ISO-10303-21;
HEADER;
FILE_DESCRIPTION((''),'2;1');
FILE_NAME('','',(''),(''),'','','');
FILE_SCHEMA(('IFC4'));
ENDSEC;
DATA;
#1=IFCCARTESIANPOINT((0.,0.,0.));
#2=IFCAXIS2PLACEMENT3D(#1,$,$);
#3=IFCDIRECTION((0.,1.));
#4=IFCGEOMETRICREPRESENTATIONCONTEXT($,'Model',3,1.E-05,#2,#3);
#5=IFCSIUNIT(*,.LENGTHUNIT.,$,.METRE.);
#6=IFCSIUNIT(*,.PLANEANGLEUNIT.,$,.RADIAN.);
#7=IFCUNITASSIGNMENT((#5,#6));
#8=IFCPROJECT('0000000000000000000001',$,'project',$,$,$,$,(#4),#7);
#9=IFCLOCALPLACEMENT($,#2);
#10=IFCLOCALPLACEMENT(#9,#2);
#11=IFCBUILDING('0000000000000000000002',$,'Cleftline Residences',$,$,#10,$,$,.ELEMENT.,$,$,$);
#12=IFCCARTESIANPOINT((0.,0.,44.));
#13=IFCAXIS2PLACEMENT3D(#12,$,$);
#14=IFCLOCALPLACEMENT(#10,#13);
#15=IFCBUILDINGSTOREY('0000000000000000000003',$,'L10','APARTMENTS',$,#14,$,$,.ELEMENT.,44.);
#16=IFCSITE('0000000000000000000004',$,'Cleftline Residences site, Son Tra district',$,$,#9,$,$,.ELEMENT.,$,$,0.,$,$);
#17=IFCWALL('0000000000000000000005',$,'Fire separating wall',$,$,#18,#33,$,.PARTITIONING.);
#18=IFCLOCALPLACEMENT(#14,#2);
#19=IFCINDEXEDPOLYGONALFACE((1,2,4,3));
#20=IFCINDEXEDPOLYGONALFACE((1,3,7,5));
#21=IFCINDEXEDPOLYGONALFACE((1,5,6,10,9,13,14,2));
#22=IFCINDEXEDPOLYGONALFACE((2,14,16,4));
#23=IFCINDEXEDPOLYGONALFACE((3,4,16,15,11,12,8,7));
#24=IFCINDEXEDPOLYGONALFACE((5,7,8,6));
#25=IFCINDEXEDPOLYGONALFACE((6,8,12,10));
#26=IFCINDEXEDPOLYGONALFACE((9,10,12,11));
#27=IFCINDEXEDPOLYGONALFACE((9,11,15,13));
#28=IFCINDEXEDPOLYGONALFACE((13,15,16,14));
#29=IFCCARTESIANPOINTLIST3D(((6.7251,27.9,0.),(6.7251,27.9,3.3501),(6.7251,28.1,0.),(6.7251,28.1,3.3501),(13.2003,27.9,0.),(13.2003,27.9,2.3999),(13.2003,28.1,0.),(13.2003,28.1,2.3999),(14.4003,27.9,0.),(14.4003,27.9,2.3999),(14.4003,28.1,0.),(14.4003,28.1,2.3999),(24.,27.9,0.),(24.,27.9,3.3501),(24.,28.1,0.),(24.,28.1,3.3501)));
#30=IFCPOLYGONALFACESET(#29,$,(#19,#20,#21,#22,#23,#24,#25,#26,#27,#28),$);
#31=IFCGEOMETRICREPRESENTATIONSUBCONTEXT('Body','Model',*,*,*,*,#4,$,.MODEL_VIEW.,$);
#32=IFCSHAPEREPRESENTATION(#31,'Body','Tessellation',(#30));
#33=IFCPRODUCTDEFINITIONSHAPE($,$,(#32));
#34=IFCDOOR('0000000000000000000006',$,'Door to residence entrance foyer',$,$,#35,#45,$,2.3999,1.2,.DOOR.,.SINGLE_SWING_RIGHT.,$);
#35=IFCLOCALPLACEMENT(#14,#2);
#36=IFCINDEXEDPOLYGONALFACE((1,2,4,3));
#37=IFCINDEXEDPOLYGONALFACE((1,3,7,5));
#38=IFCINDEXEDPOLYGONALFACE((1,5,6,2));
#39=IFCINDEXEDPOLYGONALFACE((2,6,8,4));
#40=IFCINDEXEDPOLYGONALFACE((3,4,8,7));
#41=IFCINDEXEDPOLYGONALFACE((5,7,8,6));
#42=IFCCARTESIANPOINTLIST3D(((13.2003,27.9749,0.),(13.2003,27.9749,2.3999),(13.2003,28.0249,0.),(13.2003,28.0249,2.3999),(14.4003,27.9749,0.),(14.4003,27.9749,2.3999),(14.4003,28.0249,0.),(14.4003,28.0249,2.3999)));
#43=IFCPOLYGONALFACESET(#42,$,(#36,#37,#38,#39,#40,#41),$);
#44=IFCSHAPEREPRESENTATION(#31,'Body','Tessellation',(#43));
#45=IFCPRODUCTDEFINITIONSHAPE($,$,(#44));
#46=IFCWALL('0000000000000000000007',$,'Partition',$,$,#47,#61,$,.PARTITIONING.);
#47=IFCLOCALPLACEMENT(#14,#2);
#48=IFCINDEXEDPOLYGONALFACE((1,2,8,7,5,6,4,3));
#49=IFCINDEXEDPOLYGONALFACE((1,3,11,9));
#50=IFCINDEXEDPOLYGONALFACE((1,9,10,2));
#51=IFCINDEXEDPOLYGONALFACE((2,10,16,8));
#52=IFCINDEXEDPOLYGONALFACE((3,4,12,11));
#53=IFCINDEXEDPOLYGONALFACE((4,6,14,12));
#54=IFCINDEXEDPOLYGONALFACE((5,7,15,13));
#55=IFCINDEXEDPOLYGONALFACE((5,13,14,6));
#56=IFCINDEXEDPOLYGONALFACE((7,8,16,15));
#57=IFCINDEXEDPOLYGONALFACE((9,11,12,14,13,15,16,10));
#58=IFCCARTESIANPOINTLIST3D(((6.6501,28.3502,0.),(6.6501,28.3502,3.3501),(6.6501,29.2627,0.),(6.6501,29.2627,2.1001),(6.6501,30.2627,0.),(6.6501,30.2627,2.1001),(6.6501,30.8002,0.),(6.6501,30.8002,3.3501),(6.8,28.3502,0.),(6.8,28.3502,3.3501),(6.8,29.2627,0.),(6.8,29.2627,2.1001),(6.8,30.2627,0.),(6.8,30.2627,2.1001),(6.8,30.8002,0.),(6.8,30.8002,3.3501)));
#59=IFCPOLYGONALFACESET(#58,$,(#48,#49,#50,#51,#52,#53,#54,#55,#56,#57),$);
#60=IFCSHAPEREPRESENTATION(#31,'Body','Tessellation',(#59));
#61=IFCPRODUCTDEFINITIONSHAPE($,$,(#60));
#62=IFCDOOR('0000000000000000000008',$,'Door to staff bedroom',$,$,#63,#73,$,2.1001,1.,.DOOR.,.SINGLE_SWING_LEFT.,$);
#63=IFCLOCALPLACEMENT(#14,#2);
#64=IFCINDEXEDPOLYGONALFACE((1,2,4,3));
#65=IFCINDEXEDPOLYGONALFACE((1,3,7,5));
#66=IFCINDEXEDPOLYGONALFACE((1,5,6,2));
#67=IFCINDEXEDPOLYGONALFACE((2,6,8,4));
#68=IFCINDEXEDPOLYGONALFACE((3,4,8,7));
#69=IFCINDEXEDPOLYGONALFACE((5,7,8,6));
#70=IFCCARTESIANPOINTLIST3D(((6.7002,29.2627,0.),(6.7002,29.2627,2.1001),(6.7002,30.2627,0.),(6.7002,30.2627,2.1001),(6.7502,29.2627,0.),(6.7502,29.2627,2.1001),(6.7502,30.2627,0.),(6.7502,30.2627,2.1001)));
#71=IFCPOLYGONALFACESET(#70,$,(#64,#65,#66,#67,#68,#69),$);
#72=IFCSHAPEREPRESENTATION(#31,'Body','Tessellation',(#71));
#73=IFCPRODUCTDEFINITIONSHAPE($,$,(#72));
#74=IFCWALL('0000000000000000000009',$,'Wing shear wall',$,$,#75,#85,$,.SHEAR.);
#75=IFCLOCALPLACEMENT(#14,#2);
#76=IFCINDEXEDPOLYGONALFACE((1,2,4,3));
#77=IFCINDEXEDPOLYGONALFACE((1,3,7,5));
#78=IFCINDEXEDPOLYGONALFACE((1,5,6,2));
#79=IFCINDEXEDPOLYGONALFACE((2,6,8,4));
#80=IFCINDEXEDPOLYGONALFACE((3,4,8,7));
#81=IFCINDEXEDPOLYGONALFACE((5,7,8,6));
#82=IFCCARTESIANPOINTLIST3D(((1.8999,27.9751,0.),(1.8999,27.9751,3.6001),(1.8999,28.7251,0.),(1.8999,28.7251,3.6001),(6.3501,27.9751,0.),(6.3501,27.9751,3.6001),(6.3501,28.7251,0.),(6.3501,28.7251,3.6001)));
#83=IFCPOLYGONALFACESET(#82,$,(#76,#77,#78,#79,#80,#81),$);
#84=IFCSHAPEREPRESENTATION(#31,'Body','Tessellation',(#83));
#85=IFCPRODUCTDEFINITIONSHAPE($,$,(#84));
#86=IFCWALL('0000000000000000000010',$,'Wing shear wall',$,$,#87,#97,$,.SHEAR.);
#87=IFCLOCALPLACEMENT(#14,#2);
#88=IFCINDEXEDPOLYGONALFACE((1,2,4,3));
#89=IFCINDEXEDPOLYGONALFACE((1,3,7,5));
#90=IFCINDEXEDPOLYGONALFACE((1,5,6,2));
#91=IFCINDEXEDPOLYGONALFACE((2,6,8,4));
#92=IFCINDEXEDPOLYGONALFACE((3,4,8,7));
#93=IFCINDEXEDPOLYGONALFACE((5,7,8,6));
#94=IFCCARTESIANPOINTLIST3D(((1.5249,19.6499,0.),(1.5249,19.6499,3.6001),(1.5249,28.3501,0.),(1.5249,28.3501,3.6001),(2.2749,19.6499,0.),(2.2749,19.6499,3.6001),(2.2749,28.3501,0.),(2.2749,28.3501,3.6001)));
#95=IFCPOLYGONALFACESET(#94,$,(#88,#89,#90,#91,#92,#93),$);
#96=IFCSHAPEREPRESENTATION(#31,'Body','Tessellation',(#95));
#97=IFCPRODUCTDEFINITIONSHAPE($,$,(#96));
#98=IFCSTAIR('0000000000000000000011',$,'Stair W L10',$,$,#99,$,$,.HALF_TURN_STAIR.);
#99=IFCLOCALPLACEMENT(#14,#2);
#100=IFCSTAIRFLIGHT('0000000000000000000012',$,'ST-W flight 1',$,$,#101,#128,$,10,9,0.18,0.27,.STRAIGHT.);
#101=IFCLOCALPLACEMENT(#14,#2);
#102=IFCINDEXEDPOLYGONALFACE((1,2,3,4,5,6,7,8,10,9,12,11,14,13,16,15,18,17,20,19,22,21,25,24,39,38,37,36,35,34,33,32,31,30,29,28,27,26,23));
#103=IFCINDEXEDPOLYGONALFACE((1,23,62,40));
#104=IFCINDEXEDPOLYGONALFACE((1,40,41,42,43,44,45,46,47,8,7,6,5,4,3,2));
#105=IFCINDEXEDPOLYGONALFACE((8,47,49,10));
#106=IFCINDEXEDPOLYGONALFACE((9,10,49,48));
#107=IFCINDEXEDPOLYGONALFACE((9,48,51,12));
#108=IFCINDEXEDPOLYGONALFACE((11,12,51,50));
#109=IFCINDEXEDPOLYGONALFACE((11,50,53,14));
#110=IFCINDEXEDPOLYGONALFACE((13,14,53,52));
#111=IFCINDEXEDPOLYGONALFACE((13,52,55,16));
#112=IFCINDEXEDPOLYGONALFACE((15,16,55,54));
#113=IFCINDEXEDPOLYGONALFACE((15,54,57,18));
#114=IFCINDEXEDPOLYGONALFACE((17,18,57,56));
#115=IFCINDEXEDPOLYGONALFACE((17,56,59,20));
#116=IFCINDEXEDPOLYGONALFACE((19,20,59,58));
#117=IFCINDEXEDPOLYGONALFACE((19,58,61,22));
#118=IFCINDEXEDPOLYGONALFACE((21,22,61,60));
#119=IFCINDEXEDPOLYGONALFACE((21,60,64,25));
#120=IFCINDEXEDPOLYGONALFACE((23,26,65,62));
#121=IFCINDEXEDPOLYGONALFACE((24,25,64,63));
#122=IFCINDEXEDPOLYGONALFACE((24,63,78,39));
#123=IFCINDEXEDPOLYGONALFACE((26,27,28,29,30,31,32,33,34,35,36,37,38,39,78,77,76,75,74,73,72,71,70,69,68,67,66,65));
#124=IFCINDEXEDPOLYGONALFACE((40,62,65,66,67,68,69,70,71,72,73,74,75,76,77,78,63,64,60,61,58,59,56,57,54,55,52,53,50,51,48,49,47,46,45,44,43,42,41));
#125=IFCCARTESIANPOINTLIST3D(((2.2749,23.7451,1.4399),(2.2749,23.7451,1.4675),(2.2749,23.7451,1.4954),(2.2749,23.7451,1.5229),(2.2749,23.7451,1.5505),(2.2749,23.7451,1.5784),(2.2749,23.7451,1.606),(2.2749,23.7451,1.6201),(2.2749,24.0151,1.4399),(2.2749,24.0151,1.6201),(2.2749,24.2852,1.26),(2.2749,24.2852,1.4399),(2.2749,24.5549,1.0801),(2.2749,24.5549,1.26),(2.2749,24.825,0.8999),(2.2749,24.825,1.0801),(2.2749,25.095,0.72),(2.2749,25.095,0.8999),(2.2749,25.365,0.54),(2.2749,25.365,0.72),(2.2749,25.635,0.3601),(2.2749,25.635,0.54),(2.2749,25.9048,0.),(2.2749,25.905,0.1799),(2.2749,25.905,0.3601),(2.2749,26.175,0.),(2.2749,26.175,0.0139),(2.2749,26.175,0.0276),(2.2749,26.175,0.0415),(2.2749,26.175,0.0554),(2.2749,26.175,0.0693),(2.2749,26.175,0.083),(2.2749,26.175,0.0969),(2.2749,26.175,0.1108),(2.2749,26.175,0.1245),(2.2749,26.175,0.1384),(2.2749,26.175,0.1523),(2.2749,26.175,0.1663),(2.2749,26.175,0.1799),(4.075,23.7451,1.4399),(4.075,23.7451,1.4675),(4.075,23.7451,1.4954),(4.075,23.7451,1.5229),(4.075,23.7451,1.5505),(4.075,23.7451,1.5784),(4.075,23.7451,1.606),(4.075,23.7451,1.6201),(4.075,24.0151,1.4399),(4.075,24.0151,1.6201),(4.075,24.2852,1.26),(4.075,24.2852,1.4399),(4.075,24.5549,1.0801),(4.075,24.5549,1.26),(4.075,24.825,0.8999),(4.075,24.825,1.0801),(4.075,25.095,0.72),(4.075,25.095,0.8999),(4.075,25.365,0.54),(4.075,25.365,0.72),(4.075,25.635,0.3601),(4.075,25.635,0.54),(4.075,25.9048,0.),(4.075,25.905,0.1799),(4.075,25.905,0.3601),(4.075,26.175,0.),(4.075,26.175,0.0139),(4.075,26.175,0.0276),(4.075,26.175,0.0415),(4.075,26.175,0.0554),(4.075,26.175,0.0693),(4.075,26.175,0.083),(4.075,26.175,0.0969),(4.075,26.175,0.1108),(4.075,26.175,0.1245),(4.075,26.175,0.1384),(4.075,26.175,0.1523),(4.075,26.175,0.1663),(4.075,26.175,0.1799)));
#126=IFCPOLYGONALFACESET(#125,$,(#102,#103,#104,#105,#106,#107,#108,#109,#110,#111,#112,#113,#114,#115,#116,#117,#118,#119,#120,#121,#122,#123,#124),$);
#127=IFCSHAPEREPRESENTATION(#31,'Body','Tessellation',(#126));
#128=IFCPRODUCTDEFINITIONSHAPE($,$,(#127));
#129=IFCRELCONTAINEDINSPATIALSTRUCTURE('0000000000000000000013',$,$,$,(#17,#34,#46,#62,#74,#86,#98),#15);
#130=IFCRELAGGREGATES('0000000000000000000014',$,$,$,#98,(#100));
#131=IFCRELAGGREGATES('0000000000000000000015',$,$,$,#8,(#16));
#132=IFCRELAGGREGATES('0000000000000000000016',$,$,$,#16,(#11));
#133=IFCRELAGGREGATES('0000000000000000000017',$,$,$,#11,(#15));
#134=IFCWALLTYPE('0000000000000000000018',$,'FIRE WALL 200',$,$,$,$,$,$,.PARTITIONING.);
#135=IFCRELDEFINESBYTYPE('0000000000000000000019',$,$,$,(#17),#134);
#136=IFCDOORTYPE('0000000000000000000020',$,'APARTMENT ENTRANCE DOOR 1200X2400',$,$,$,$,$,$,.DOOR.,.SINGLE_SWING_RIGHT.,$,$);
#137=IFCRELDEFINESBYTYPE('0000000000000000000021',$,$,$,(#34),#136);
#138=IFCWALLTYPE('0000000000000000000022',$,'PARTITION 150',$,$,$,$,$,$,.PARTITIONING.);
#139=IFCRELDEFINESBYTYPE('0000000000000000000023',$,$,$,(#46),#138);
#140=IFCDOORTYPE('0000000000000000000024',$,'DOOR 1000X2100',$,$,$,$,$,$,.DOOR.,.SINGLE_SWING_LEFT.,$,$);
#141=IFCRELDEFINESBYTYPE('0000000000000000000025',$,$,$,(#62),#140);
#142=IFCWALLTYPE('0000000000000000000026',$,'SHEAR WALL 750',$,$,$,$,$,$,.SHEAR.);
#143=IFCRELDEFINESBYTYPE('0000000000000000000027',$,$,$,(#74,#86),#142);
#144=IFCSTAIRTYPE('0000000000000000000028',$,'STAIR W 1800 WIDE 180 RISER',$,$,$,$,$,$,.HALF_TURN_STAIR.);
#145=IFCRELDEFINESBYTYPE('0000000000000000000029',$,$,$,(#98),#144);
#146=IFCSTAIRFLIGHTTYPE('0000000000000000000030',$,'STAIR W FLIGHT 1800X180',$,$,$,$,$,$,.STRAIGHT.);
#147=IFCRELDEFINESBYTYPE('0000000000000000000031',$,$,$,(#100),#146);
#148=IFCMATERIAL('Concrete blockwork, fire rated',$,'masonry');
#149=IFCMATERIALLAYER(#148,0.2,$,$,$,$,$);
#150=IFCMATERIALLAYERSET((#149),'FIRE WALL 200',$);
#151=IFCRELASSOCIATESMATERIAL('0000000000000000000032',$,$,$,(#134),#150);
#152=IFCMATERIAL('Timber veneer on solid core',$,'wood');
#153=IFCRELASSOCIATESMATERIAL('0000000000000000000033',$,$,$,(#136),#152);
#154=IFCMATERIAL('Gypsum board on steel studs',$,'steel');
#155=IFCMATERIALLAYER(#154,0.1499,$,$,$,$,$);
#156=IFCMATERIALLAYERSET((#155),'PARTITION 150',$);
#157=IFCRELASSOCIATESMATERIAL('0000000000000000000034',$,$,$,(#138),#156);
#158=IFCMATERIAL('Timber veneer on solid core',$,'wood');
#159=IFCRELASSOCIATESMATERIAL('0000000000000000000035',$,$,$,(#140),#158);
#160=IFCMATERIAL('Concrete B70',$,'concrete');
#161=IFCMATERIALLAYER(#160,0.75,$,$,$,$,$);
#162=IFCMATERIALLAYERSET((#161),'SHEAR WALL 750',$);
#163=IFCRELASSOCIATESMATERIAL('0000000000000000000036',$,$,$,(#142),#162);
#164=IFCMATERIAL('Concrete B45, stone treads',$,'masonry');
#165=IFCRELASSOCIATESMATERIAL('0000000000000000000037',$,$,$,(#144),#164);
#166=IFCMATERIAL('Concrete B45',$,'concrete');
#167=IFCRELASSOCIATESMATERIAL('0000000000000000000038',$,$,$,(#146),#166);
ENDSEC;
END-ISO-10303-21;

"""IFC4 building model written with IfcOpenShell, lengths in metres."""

from ifc_helpers import new_model, si_unit, direction, frame, frame_2d, origin, place, context, subcontext, project, spatial, polyline, rectangle, outline, extrude, material, layer, layer_set, type_object, element, fill, aggregate, save


model = new_model("IFC4")

# Units and contexts
model_context = context("Model", 3, precision=1e-05, world=origin(), true_north=direction((0.0, 1.0)))
body_context = subcontext(model_context, "Body", "Model", "MODEL_VIEW")
ifc_project = project(units=[si_unit("LENGTHUNIT", "METRE"), si_unit("PLANEANGLEUNIT", "RADIAN")], contexts=[model_context])

# Site, building, storey
site_placement = place(None, origin())
site = spatial("IfcSite", under=ifc_project, at=site_placement, Name="Cleftline Residences site, Son Tra district", CompositionType="ELEMENT", RefElevation=0.0)
building_placement = place(site_placement, origin())
building = spatial("IfcBuilding", under=site, at=building_placement, Name="Cleftline Residences", CompositionType="ELEMENT")
storey_placement = place(building_placement, frame((0.0, 0.0, 44.0)))
storey = spatial("IfcBuildingStorey", under=building, at=storey_placement, Name="L10", Description="APARTMENTS", CompositionType="ELEMENT", Elevation=44.0)

# Walls, openings, doors
ifc_material_1 = material(Name="Concrete blockwork, fire rated", Category="masonry")
ifc_layer_1 = layer(ifc_material_1, 0.2)
ifc_layer_set_1 = layer_set([ifc_layer_1], Name="FIRE WALL 200")
wall_type_1 = type_object("IfcWallType", Name="FIRE WALL 200", PredefinedType="PARTITIONING", material=ifc_layer_set_1)
wall_1_placement = place(storey_placement, frame((6.7251, 28.0, 0.0), z_axis=(0.0, 0.0, 1.0), x_axis=(1.0, 0.0, 0.0)))
wall_1 = element("IfcWall", 1, at=wall_1_placement, inside=storey, type_object=wall_type_1, Name="Fire separating wall", PredefinedType="PARTITIONING", context=body_context, shape_type="SweptSolid", body=[
    extrude(rectangle(XDim=17.2749, YDim=0.2, at=frame_2d((8.6375, 0.0))), origin(), (0.0, 0.0, 1.0), 3.3501),
])
opening_1_placement = place(wall_1_placement, frame((6.4751, 0.0, 0.0)))
opening_1 = element("IfcOpeningElement", 2, at=opening_1_placement, cuts=wall_1, PredefinedType="OPENING", context=body_context, shape_type="SweptSolid", body=[
    extrude(rectangle(XDim=1.2, YDim=2.3999, at=frame_2d((0.6001, 1.2))), frame((0.0, 0.1099, 0.0), z_axis=(0.0, -1.0, 0.0), x_axis=(1.0, 0.0, 0.0)), (0.0, 0.0, 1.0), 0.22),
])
ifc_material_2 = material(Name="Timber veneer on solid core", Category="wood")
door_type_1 = type_object("IfcDoorType", Name="APARTMENT ENTRANCE DOOR 1200X2400", OperationType="SINGLE_SWING_RIGHT", PredefinedType="DOOR", material=ifc_material_2)
door_1_placement = place(opening_1_placement, origin())
door_1 = element("IfcDoor", 3, at=door_1_placement, inside=storey, type_object=door_type_1, Name="Door to residence entrance foyer", OperationType="SINGLE_SWING_RIGHT", OverallHeight=2.3999, OverallWidth=1.2, PredefinedType="DOOR", context=body_context, shape_type="SweptSolid", body=[
    extrude(rectangle(XDim=1.2, YDim=2.3999, at=frame_2d((0.6001, 1.2))), frame((0.0, 0.0249, 0.0), z_axis=(0.0, -1.0, 0.0), x_axis=(1.0, 0.0, 0.0)), (0.0, 0.0, 1.0), 0.05),
])
fill(opening_1, door_1)
ifc_material_3 = material(Name="Gypsum board on steel studs", Category="steel")
ifc_layer_2 = layer(ifc_material_3, 0.1499)
ifc_layer_set_2 = layer_set([ifc_layer_2], Name="PARTITION 150")
wall_type_2 = type_object("IfcWallType", Name="PARTITION 150", PredefinedType="PARTITIONING", material=ifc_layer_set_2)
wall_2_placement = place(storey_placement, frame((6.7251, 28.3501, 0.0), z_axis=(0.0, 0.0, 1.0), x_axis=(0.0, 1.0, 0.0)))
wall_2 = element("IfcWall", 4, at=wall_2_placement, inside=storey, type_object=wall_type_2, Name="Partition", PredefinedType="PARTITIONING", context=body_context, shape_type="SweptSolid", body=[
    extrude(rectangle(XDim=2.45, YDim=0.1499, at=frame_2d((1.2251, 0.0))), origin(), (0.0, 0.0, 1.0), 3.3501),
])
opening_2_placement = place(wall_2_placement, frame((0.9126, 0.0, 0.0)))
opening_2 = element("IfcOpeningElement", 5, at=opening_2_placement, cuts=wall_2, PredefinedType="OPENING", context=body_context, shape_type="SweptSolid", body=[
    extrude(rectangle(XDim=1.0, YDim=2.1001, at=frame_2d((0.5, 1.05))), frame((0.0, 0.085, 0.0), z_axis=(0.0, -1.0, 0.0), x_axis=(1.0, 0.0, 0.0)), (0.0, 0.0, 1.0), 0.1699),
])
ifc_material_4 = material(Name="Timber veneer on solid core", Category="wood")
door_type_2 = type_object("IfcDoorType", Name="DOOR 1000X2100", OperationType="SINGLE_SWING_LEFT", PredefinedType="DOOR", material=ifc_material_4)
door_2_placement = place(opening_2_placement, origin())
door_2 = element("IfcDoor", 6, at=door_2_placement, inside=storey, type_object=door_type_2, Name="Door to staff bedroom", OperationType="SINGLE_SWING_LEFT", OverallHeight=2.1001, OverallWidth=1.0, PredefinedType="DOOR", context=body_context, shape_type="SweptSolid", body=[
    extrude(rectangle(XDim=1.0, YDim=2.1001, at=frame_2d((0.5, 1.05))), frame((0.0, 0.0249, 0.0), z_axis=(0.0, -1.0, 0.0), x_axis=(1.0, 0.0, 0.0)), (0.0, 0.0, 1.0), 0.05),
])
fill(opening_2, door_2)

# Walls
ifc_material_5 = material(Name="Concrete B70", Category="concrete")
ifc_layer_3 = layer(ifc_material_5, 0.75)
ifc_layer_set_3 = layer_set([ifc_layer_3], Name="SHEAR WALL 750")
wall_type_3 = type_object("IfcWallType", Name="SHEAR WALL 750", PredefinedType="SHEAR", material=ifc_layer_set_3)
wall_3_placement = place(storey_placement, frame((6.3501, 28.3501, 0.0), z_axis=(0.0, 0.0, 1.0), x_axis=(-1.0, 0.0, 0.0)))
element("IfcWall", 7, at=wall_3_placement, inside=storey, type_object=wall_type_3, Name="Wing shear wall", PredefinedType="SHEAR", context=body_context, shape_type="SweptSolid", body=[
    extrude(rectangle(XDim=4.4502, YDim=0.75, at=frame_2d((2.2251, 0.0))), origin(), (0.0, 0.0, 1.0), 3.6001),
])
wall_4_placement = place(storey_placement, frame((1.8999, 28.3501, 0.0), z_axis=(0.0, 0.0, 1.0), x_axis=(0.0, -1.0, 0.0)))
element("IfcWall", 8, at=wall_4_placement, inside=storey, type_object=wall_type_3, Name="Wing shear wall", PredefinedType="SHEAR", context=body_context, shape_type="SweptSolid", body=[
    extrude(rectangle(XDim=8.7002, YDim=0.75, at=frame_2d((4.3501, 0.0))), origin(), (0.0, 0.0, 1.0), 3.6001),
])

# Stair, stair flight
ifc_material_6 = material(Name="Concrete B45, stone treads", Category="masonry")
stair_type = type_object("IfcStairType", Name="STAIR W 1800 WIDE 180 RISER", PredefinedType="HALF_TURN_STAIR", material=ifc_material_6)
stair_placement = place(storey_placement, origin())
stair = element("IfcStair", 9, at=stair_placement, inside=storey, type_object=stair_type, Name="Stair W L10", PredefinedType="HALF_TURN_STAIR")
ifc_material_7 = material(Name="Concrete B45", Category="concrete")
stair_flight_type = type_object("IfcStairFlightType", Name="STAIR W FLIGHT 1800X180", PredefinedType="STRAIGHT", material=ifc_material_7)
stair_flight_1_placement = place(storey_placement, frame((3.175, 26.175, 0.0), z_axis=(0.0, 0.0, 1.0), x_axis=(0.0, -1.0, 0.0)))
stair_flight_1 = element("IfcStairFlight", 10, at=stair_flight_1_placement, type_object=stair_flight_type, Name="ST-W flight 1", NumberOfRisers=10, NumberOfTreads=9, PredefinedType="STRAIGHT", RiserHeight=0.18, TreadLength=0.27, context=body_context, shape_type="SweptSolid", body=[
    extrude(outline(polyline([(0.0, 0.0), (0.0, 0.0139), (0.0, 0.0276), (0.0, 0.0415), (0.0, 0.0554), (0.0, 0.0693), (0.0, 0.083), (0.0, 0.0969), (0.0, 0.1108), (0.0, 0.1245), (0.0, 0.1384), (0.0, 0.1523), (0.0, 0.1663), (0.0, 0.1799), (0.27, 0.1799), (0.27, 0.3601), (0.54, 0.3601), (0.54, 0.54), (0.8101, 0.54), (0.8101, 0.72), (1.0801, 0.72), (1.0801, 0.8999), (1.3501, 0.8999), (1.3501, 1.0801), (1.6201, 1.0801), (1.6201, 1.26), (1.8899, 1.26), (1.8899, 1.4399), (2.1599, 1.4399), (2.1599, 1.6201), (2.4299, 1.6201), (2.4299, 1.8), (2.4299, 1.7722), (2.4299, 1.7446), (2.4299, 1.7168), (2.4299, 1.6892), (2.4299, 1.6614), (2.4299, 1.6338), (2.4299, 1.606), (2.4299, 1.5784), (2.4299, 1.5505), (2.4299, 1.5229), (2.4299, 1.4954), (2.4299, 1.4675), (2.4299, 1.4399), (0.2703, 0.0), (0.0, 0.0)])), frame((0.0, 0.8999, 0.0), z_axis=(0.0, -1.0, 0.0), x_axis=(1.0, 0.0, 0.0)), (0.0, 0.0, 1.0), 1.8),
])
aggregate(stair, [stair_flight_1])

save(model, "model.ifc")
